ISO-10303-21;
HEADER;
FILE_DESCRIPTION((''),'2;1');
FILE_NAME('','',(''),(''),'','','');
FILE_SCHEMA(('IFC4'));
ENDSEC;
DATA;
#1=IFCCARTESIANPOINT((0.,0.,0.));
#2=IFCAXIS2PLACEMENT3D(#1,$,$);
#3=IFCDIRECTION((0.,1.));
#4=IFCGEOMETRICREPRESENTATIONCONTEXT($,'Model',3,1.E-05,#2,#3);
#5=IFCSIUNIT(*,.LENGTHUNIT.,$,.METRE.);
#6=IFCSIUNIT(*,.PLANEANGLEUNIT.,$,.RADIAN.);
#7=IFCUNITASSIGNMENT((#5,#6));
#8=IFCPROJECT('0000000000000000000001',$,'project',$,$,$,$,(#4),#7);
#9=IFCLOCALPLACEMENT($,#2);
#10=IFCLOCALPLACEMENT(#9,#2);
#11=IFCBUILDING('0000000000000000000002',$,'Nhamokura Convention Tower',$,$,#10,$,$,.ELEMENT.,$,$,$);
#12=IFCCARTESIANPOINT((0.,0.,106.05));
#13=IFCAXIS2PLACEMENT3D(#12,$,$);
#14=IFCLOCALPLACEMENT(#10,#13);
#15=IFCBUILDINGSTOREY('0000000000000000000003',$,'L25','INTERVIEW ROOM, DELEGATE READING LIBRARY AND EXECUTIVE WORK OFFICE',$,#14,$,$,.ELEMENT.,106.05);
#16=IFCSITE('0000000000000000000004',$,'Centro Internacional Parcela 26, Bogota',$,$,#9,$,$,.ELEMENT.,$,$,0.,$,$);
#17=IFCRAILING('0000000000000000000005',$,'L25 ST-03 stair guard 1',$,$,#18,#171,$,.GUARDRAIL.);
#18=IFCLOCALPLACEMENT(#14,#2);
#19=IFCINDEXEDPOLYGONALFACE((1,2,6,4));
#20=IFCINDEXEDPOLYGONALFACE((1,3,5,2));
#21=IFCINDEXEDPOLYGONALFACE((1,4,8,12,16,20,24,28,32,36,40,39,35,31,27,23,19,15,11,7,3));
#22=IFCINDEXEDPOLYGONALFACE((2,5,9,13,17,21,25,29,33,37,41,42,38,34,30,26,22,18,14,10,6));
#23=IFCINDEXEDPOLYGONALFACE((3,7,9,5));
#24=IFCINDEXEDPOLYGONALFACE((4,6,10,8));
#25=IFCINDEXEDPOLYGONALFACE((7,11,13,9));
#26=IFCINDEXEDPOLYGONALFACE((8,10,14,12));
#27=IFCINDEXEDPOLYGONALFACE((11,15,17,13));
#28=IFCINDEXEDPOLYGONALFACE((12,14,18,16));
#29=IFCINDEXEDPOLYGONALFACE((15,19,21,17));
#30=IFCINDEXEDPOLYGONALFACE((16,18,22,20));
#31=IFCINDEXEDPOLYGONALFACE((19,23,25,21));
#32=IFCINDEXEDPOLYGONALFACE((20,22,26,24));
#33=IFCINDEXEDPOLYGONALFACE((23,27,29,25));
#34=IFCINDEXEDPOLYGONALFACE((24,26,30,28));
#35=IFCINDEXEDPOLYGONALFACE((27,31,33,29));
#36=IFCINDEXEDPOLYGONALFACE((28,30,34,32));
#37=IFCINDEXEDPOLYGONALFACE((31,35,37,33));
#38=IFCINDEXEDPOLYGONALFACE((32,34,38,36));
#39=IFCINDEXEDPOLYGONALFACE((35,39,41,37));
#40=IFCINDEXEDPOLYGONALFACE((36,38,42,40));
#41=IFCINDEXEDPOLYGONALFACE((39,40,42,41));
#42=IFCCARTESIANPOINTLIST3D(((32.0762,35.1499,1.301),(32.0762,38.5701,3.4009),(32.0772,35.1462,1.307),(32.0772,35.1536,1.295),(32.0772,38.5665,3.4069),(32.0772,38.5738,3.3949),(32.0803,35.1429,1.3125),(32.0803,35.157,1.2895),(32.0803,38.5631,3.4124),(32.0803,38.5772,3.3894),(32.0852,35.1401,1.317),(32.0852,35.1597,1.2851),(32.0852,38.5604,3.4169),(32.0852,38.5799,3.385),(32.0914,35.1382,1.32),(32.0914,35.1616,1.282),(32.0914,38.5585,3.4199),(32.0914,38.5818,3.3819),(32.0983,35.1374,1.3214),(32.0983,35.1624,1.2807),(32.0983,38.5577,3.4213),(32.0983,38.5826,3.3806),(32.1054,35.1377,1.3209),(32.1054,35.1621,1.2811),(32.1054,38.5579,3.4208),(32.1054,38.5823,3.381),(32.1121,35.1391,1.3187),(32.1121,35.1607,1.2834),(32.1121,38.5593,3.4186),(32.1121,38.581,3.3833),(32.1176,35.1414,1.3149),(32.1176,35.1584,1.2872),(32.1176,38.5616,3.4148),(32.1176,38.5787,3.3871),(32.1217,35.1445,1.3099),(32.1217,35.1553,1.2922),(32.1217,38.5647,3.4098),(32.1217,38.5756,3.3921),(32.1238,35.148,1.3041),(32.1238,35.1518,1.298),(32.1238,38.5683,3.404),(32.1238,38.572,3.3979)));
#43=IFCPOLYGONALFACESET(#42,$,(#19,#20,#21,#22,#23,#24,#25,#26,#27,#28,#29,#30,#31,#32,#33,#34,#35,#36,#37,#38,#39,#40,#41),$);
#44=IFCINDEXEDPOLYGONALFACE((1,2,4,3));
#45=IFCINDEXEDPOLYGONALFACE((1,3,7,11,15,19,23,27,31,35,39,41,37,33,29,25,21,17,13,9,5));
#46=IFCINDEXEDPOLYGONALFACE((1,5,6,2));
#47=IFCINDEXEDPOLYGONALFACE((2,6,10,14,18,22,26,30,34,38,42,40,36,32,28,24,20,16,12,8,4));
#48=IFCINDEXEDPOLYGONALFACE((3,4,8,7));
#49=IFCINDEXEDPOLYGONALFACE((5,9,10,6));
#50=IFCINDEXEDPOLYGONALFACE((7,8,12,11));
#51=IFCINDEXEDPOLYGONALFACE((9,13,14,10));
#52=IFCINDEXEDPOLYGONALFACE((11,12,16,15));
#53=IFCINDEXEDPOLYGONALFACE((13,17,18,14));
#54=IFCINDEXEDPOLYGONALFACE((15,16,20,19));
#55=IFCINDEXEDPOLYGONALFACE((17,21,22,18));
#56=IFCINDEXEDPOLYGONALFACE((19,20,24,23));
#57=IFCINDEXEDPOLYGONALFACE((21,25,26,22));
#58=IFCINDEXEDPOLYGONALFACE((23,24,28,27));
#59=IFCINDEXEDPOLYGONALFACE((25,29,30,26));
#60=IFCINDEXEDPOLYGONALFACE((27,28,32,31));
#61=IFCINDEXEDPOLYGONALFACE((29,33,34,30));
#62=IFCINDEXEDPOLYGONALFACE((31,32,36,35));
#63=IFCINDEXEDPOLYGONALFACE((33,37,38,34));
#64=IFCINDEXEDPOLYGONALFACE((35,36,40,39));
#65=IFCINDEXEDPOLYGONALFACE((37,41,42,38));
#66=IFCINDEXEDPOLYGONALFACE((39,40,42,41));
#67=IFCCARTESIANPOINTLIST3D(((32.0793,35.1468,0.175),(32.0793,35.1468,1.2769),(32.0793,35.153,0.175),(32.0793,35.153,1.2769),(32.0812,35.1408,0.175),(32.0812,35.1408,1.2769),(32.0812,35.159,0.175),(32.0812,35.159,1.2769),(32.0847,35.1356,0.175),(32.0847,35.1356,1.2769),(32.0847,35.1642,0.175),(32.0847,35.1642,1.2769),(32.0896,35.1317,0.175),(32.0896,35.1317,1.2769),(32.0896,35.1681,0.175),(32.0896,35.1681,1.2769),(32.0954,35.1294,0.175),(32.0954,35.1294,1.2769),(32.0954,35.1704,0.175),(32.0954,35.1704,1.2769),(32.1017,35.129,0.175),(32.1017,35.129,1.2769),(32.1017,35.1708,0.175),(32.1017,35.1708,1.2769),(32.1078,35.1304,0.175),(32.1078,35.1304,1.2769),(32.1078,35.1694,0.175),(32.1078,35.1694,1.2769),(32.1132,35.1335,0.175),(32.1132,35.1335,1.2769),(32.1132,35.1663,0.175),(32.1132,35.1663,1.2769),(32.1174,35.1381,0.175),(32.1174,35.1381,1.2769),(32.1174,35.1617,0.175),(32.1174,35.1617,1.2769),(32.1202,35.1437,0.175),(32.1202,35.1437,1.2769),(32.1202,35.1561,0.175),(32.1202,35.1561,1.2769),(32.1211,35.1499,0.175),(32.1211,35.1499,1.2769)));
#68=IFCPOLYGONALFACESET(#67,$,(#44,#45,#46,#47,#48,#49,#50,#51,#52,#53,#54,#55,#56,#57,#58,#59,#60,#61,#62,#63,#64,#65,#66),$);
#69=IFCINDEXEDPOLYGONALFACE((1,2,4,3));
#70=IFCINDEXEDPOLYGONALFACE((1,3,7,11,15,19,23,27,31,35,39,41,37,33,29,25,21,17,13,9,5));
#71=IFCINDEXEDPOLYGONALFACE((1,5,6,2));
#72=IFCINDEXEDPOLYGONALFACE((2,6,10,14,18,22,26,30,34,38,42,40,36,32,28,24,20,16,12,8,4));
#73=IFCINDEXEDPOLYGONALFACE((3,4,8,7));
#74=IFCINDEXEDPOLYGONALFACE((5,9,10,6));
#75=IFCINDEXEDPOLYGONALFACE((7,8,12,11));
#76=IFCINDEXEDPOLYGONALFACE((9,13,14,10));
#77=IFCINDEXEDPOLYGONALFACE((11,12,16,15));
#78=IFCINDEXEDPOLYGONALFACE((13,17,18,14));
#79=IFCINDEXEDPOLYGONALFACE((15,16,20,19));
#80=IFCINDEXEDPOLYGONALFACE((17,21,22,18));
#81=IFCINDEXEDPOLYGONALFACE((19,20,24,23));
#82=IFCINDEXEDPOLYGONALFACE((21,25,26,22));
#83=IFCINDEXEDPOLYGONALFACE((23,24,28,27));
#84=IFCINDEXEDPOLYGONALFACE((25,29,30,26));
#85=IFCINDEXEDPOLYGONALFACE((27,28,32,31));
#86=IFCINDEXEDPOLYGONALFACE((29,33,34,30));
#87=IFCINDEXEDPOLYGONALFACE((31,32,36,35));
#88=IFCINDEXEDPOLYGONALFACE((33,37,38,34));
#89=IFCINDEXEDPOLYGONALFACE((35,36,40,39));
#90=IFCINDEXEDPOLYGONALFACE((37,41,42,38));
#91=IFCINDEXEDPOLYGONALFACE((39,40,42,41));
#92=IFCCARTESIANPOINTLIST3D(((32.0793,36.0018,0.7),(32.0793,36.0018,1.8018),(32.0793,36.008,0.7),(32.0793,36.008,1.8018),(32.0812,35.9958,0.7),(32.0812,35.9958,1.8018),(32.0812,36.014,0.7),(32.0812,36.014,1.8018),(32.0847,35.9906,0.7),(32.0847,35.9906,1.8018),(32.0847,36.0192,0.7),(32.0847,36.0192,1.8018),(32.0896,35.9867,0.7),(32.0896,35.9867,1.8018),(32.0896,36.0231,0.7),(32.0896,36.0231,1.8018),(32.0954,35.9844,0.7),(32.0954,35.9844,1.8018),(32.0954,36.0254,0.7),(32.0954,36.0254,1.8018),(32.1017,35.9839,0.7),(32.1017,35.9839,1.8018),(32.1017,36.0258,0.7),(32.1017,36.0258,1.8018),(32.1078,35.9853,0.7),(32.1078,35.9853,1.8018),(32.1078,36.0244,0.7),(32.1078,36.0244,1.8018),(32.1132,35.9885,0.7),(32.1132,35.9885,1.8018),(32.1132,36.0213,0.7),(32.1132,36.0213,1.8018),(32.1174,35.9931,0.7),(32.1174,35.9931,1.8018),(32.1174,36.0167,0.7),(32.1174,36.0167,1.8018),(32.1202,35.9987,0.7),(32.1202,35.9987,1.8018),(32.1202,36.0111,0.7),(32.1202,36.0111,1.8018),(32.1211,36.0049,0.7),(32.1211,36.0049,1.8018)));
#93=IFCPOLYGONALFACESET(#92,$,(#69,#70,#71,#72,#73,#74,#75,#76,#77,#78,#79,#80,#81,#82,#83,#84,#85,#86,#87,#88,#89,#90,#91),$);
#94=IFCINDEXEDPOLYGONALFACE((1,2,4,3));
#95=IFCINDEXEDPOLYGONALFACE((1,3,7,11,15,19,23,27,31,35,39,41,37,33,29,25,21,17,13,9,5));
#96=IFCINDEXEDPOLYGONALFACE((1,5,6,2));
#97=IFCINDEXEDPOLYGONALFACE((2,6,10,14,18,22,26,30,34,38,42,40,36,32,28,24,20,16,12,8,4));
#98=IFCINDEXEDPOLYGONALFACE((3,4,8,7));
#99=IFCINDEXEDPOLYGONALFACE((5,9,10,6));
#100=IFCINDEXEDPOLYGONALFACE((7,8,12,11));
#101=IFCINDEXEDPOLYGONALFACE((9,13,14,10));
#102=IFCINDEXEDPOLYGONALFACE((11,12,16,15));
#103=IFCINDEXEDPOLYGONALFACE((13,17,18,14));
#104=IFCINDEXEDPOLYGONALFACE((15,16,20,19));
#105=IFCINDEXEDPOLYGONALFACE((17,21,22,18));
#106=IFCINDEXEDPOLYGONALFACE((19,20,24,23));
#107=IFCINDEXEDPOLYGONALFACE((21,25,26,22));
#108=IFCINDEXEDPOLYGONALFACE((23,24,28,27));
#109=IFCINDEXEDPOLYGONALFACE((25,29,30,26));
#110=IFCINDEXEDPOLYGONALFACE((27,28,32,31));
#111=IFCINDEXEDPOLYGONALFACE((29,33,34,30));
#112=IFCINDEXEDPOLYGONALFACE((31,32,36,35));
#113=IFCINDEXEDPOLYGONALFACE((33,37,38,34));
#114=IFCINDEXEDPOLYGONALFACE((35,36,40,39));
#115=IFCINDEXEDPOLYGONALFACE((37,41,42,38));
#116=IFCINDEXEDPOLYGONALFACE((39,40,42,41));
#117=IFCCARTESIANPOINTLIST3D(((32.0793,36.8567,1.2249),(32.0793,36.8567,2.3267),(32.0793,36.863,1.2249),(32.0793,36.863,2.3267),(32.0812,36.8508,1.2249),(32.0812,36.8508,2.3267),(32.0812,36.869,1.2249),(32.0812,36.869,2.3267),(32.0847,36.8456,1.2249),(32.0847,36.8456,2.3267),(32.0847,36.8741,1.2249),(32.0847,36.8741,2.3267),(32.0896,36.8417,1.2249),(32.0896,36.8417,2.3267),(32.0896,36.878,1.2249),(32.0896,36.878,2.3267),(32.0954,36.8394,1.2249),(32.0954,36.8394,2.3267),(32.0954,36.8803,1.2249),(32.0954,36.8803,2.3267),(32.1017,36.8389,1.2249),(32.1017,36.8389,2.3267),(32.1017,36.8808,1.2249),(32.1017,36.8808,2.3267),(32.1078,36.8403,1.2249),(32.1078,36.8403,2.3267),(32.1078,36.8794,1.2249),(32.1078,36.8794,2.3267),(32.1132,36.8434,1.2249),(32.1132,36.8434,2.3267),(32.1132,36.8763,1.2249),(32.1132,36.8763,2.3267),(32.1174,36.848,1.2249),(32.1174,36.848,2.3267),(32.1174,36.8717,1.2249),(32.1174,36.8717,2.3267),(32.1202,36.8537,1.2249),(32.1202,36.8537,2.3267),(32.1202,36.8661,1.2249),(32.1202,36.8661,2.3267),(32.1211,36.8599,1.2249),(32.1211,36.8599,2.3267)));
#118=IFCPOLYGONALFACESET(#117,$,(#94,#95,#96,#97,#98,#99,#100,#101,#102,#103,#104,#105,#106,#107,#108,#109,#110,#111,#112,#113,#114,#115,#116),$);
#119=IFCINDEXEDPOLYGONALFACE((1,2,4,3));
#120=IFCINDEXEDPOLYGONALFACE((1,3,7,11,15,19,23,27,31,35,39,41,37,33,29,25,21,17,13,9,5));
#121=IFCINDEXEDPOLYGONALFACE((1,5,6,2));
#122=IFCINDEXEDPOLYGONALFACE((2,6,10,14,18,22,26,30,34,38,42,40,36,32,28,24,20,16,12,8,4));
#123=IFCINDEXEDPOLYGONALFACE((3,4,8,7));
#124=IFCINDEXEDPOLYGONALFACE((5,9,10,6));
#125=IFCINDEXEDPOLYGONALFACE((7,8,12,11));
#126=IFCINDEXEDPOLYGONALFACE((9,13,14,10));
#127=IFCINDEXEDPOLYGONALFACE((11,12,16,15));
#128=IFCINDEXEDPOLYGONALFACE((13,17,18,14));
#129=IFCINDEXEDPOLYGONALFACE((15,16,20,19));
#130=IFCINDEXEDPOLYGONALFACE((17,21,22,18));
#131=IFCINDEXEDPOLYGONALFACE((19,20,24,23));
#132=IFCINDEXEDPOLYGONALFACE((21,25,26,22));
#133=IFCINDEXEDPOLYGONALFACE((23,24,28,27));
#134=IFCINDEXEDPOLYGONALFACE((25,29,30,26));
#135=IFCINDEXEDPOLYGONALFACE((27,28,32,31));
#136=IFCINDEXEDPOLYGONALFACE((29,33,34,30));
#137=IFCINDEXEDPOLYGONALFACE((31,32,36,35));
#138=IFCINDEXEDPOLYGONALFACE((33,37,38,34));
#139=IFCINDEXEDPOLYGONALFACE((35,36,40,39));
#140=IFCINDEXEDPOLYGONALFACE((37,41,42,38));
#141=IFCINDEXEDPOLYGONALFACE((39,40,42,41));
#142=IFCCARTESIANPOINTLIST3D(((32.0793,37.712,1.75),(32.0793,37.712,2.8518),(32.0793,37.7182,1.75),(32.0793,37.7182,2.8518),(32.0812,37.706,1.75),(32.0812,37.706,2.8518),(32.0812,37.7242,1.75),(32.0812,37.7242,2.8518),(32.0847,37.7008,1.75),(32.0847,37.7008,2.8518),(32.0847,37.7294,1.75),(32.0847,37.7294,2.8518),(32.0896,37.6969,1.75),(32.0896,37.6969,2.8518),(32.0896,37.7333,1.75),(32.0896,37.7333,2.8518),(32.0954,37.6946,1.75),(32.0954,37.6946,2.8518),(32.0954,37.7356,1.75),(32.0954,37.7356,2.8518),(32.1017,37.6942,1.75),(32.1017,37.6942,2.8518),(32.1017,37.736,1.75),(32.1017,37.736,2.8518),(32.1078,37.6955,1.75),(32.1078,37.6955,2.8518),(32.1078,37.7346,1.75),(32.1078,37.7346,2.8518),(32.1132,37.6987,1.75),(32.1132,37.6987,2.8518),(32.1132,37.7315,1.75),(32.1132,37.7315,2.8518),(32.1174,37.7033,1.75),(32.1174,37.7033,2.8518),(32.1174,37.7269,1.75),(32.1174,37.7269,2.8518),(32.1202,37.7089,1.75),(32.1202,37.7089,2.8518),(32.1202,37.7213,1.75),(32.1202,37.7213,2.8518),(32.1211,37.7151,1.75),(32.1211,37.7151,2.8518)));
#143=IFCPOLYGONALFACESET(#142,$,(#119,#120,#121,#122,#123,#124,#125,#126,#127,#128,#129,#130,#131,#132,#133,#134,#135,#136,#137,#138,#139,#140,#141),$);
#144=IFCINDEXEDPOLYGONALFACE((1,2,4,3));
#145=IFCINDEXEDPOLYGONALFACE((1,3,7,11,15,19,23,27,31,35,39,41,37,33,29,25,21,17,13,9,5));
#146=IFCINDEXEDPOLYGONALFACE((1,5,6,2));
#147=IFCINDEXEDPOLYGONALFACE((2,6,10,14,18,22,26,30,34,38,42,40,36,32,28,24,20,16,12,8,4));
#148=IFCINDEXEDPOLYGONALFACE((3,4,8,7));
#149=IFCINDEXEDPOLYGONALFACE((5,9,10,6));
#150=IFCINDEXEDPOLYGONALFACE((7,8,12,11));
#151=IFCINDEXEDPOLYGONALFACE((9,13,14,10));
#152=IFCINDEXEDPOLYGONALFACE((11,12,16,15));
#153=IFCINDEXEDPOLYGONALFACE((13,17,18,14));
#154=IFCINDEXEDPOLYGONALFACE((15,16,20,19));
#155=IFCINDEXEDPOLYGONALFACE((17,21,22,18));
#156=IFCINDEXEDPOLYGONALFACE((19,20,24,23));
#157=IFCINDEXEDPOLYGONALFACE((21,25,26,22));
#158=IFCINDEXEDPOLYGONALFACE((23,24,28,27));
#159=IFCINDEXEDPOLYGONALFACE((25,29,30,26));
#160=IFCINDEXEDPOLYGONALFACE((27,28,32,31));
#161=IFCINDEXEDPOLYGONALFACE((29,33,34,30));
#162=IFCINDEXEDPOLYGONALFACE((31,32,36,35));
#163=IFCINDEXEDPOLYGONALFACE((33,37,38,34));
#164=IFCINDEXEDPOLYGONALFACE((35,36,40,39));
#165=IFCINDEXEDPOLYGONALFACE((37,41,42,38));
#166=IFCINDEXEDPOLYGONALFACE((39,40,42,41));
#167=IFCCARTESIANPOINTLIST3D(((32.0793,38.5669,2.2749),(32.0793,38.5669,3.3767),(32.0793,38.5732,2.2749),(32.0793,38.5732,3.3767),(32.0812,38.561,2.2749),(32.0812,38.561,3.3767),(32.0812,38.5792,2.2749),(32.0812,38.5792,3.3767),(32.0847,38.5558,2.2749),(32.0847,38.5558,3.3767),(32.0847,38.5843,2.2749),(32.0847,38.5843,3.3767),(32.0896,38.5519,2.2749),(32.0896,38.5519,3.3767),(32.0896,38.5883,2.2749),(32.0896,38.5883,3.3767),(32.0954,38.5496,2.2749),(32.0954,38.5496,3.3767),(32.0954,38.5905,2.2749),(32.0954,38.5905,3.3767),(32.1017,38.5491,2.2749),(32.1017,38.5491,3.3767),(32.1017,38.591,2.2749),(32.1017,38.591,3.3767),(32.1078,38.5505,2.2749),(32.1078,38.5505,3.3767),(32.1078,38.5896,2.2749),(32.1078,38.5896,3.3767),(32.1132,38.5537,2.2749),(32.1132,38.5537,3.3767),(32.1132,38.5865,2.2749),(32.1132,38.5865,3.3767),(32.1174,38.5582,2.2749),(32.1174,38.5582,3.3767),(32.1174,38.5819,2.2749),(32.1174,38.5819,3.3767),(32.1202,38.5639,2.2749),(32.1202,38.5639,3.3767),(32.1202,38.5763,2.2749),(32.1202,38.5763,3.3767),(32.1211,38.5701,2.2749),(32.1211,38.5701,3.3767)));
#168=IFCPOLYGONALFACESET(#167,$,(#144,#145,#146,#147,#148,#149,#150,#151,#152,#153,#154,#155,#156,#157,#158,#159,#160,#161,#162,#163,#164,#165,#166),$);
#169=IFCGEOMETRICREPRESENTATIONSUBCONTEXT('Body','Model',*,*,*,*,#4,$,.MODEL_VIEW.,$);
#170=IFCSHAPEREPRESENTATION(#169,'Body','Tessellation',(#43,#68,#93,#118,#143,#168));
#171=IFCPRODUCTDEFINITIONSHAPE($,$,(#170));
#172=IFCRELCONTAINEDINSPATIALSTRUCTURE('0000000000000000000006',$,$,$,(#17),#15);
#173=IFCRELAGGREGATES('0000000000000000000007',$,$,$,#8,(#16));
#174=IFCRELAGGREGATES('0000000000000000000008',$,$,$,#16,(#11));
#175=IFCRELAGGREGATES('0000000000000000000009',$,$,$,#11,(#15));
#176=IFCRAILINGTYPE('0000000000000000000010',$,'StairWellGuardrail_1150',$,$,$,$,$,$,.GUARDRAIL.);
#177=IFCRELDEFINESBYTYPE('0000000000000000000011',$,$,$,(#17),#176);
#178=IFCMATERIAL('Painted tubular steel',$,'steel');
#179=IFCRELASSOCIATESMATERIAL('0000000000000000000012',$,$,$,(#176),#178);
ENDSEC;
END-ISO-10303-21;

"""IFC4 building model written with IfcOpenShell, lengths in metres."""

from ifc_helpers import new_model, si_unit, direction, frame, origin, origin_2d, place, context, subcontext, project, spatial, circle, extrude, material, type_object, element, save


model = new_model("IFC4")

# Units and contexts
model_context = context("Model", 3, precision=1e-05, world=origin(), true_north=direction((0.0, 1.0)))
body_context = subcontext(model_context, "Body", "Model", "MODEL_VIEW")
ifc_project = project(units=[si_unit("LENGTHUNIT", "METRE"), si_unit("PLANEANGLEUNIT", "RADIAN")], contexts=[model_context])

# Site, building, storey
site_placement = place(None, origin())
site = spatial("IfcSite", under=ifc_project, at=site_placement, Name="Centro Internacional Parcela 26, Bogota", CompositionType="ELEMENT", RefElevation=0.0)
building_placement = place(site_placement, origin())
building = spatial("IfcBuilding", under=site, at=building_placement, Name="Nhamokura Convention Tower", CompositionType="ELEMENT")
storey_placement = place(building_placement, frame((0.0, 0.0, 106.05)))
storey = spatial("IfcBuildingStorey", under=building, at=storey_placement, Name="L25", Description="INTERVIEW ROOM, DELEGATE READING LIBRARY AND EXECUTIVE WORK OFFICE", CompositionType="ELEMENT", Elevation=106.05)

# Railing
ifc_material_1 = material(Name="Painted tubular steel", Category="steel")
railing_type_1 = type_object("IfcRailingType", Name="StairWellGuardrail_1150", PredefinedType="GUARDRAIL", material=ifc_material_1)
railing_1_placement = place(storey_placement, frame((32.1001, 35.1499, 0.175)))
element("IfcRailing", 1, at=railing_1_placement, inside=storey, type_object=railing_type_1, Name="L25 ST-03 stair guard 1", PredefinedType="GUARDRAIL", context=body_context, shape_type="SweptSolid", body=[
    extrude(circle(Radius=0.0239, at=origin_2d()), frame((0.0, 0.0, 1.126), z_axis=(0.0, 0.852199, 0.523218), x_axis=(-1.0, 0.0, 0.0)), (0.0, 0.0, 1.0), 4.0134),
    extrude(circle(Radius=0.021, at=origin_2d()), origin(), (0.0, 0.0, 1.0), 1.1018),
    extrude(circle(Radius=0.021, at=origin_2d()), frame((0.0, 0.855, 0.5249)), (0.0, 0.0, 1.0), 1.1018),
    extrude(circle(Radius=0.021, at=origin_2d()), frame((0.0, 1.71, 1.0498)), (0.0, 0.0, 1.0), 1.1018),
    extrude(circle(Radius=0.021, at=origin_2d()), frame((0.0, 2.5652, 1.575)), (0.0, 0.0, 1.0), 1.1018),
    extrude(circle(Radius=0.021, at=origin_2d()), frame((0.0, 3.4202, 2.0999)), (0.0, 0.0, 1.0), 1.1018),
])

save(model, "model.ifc")
